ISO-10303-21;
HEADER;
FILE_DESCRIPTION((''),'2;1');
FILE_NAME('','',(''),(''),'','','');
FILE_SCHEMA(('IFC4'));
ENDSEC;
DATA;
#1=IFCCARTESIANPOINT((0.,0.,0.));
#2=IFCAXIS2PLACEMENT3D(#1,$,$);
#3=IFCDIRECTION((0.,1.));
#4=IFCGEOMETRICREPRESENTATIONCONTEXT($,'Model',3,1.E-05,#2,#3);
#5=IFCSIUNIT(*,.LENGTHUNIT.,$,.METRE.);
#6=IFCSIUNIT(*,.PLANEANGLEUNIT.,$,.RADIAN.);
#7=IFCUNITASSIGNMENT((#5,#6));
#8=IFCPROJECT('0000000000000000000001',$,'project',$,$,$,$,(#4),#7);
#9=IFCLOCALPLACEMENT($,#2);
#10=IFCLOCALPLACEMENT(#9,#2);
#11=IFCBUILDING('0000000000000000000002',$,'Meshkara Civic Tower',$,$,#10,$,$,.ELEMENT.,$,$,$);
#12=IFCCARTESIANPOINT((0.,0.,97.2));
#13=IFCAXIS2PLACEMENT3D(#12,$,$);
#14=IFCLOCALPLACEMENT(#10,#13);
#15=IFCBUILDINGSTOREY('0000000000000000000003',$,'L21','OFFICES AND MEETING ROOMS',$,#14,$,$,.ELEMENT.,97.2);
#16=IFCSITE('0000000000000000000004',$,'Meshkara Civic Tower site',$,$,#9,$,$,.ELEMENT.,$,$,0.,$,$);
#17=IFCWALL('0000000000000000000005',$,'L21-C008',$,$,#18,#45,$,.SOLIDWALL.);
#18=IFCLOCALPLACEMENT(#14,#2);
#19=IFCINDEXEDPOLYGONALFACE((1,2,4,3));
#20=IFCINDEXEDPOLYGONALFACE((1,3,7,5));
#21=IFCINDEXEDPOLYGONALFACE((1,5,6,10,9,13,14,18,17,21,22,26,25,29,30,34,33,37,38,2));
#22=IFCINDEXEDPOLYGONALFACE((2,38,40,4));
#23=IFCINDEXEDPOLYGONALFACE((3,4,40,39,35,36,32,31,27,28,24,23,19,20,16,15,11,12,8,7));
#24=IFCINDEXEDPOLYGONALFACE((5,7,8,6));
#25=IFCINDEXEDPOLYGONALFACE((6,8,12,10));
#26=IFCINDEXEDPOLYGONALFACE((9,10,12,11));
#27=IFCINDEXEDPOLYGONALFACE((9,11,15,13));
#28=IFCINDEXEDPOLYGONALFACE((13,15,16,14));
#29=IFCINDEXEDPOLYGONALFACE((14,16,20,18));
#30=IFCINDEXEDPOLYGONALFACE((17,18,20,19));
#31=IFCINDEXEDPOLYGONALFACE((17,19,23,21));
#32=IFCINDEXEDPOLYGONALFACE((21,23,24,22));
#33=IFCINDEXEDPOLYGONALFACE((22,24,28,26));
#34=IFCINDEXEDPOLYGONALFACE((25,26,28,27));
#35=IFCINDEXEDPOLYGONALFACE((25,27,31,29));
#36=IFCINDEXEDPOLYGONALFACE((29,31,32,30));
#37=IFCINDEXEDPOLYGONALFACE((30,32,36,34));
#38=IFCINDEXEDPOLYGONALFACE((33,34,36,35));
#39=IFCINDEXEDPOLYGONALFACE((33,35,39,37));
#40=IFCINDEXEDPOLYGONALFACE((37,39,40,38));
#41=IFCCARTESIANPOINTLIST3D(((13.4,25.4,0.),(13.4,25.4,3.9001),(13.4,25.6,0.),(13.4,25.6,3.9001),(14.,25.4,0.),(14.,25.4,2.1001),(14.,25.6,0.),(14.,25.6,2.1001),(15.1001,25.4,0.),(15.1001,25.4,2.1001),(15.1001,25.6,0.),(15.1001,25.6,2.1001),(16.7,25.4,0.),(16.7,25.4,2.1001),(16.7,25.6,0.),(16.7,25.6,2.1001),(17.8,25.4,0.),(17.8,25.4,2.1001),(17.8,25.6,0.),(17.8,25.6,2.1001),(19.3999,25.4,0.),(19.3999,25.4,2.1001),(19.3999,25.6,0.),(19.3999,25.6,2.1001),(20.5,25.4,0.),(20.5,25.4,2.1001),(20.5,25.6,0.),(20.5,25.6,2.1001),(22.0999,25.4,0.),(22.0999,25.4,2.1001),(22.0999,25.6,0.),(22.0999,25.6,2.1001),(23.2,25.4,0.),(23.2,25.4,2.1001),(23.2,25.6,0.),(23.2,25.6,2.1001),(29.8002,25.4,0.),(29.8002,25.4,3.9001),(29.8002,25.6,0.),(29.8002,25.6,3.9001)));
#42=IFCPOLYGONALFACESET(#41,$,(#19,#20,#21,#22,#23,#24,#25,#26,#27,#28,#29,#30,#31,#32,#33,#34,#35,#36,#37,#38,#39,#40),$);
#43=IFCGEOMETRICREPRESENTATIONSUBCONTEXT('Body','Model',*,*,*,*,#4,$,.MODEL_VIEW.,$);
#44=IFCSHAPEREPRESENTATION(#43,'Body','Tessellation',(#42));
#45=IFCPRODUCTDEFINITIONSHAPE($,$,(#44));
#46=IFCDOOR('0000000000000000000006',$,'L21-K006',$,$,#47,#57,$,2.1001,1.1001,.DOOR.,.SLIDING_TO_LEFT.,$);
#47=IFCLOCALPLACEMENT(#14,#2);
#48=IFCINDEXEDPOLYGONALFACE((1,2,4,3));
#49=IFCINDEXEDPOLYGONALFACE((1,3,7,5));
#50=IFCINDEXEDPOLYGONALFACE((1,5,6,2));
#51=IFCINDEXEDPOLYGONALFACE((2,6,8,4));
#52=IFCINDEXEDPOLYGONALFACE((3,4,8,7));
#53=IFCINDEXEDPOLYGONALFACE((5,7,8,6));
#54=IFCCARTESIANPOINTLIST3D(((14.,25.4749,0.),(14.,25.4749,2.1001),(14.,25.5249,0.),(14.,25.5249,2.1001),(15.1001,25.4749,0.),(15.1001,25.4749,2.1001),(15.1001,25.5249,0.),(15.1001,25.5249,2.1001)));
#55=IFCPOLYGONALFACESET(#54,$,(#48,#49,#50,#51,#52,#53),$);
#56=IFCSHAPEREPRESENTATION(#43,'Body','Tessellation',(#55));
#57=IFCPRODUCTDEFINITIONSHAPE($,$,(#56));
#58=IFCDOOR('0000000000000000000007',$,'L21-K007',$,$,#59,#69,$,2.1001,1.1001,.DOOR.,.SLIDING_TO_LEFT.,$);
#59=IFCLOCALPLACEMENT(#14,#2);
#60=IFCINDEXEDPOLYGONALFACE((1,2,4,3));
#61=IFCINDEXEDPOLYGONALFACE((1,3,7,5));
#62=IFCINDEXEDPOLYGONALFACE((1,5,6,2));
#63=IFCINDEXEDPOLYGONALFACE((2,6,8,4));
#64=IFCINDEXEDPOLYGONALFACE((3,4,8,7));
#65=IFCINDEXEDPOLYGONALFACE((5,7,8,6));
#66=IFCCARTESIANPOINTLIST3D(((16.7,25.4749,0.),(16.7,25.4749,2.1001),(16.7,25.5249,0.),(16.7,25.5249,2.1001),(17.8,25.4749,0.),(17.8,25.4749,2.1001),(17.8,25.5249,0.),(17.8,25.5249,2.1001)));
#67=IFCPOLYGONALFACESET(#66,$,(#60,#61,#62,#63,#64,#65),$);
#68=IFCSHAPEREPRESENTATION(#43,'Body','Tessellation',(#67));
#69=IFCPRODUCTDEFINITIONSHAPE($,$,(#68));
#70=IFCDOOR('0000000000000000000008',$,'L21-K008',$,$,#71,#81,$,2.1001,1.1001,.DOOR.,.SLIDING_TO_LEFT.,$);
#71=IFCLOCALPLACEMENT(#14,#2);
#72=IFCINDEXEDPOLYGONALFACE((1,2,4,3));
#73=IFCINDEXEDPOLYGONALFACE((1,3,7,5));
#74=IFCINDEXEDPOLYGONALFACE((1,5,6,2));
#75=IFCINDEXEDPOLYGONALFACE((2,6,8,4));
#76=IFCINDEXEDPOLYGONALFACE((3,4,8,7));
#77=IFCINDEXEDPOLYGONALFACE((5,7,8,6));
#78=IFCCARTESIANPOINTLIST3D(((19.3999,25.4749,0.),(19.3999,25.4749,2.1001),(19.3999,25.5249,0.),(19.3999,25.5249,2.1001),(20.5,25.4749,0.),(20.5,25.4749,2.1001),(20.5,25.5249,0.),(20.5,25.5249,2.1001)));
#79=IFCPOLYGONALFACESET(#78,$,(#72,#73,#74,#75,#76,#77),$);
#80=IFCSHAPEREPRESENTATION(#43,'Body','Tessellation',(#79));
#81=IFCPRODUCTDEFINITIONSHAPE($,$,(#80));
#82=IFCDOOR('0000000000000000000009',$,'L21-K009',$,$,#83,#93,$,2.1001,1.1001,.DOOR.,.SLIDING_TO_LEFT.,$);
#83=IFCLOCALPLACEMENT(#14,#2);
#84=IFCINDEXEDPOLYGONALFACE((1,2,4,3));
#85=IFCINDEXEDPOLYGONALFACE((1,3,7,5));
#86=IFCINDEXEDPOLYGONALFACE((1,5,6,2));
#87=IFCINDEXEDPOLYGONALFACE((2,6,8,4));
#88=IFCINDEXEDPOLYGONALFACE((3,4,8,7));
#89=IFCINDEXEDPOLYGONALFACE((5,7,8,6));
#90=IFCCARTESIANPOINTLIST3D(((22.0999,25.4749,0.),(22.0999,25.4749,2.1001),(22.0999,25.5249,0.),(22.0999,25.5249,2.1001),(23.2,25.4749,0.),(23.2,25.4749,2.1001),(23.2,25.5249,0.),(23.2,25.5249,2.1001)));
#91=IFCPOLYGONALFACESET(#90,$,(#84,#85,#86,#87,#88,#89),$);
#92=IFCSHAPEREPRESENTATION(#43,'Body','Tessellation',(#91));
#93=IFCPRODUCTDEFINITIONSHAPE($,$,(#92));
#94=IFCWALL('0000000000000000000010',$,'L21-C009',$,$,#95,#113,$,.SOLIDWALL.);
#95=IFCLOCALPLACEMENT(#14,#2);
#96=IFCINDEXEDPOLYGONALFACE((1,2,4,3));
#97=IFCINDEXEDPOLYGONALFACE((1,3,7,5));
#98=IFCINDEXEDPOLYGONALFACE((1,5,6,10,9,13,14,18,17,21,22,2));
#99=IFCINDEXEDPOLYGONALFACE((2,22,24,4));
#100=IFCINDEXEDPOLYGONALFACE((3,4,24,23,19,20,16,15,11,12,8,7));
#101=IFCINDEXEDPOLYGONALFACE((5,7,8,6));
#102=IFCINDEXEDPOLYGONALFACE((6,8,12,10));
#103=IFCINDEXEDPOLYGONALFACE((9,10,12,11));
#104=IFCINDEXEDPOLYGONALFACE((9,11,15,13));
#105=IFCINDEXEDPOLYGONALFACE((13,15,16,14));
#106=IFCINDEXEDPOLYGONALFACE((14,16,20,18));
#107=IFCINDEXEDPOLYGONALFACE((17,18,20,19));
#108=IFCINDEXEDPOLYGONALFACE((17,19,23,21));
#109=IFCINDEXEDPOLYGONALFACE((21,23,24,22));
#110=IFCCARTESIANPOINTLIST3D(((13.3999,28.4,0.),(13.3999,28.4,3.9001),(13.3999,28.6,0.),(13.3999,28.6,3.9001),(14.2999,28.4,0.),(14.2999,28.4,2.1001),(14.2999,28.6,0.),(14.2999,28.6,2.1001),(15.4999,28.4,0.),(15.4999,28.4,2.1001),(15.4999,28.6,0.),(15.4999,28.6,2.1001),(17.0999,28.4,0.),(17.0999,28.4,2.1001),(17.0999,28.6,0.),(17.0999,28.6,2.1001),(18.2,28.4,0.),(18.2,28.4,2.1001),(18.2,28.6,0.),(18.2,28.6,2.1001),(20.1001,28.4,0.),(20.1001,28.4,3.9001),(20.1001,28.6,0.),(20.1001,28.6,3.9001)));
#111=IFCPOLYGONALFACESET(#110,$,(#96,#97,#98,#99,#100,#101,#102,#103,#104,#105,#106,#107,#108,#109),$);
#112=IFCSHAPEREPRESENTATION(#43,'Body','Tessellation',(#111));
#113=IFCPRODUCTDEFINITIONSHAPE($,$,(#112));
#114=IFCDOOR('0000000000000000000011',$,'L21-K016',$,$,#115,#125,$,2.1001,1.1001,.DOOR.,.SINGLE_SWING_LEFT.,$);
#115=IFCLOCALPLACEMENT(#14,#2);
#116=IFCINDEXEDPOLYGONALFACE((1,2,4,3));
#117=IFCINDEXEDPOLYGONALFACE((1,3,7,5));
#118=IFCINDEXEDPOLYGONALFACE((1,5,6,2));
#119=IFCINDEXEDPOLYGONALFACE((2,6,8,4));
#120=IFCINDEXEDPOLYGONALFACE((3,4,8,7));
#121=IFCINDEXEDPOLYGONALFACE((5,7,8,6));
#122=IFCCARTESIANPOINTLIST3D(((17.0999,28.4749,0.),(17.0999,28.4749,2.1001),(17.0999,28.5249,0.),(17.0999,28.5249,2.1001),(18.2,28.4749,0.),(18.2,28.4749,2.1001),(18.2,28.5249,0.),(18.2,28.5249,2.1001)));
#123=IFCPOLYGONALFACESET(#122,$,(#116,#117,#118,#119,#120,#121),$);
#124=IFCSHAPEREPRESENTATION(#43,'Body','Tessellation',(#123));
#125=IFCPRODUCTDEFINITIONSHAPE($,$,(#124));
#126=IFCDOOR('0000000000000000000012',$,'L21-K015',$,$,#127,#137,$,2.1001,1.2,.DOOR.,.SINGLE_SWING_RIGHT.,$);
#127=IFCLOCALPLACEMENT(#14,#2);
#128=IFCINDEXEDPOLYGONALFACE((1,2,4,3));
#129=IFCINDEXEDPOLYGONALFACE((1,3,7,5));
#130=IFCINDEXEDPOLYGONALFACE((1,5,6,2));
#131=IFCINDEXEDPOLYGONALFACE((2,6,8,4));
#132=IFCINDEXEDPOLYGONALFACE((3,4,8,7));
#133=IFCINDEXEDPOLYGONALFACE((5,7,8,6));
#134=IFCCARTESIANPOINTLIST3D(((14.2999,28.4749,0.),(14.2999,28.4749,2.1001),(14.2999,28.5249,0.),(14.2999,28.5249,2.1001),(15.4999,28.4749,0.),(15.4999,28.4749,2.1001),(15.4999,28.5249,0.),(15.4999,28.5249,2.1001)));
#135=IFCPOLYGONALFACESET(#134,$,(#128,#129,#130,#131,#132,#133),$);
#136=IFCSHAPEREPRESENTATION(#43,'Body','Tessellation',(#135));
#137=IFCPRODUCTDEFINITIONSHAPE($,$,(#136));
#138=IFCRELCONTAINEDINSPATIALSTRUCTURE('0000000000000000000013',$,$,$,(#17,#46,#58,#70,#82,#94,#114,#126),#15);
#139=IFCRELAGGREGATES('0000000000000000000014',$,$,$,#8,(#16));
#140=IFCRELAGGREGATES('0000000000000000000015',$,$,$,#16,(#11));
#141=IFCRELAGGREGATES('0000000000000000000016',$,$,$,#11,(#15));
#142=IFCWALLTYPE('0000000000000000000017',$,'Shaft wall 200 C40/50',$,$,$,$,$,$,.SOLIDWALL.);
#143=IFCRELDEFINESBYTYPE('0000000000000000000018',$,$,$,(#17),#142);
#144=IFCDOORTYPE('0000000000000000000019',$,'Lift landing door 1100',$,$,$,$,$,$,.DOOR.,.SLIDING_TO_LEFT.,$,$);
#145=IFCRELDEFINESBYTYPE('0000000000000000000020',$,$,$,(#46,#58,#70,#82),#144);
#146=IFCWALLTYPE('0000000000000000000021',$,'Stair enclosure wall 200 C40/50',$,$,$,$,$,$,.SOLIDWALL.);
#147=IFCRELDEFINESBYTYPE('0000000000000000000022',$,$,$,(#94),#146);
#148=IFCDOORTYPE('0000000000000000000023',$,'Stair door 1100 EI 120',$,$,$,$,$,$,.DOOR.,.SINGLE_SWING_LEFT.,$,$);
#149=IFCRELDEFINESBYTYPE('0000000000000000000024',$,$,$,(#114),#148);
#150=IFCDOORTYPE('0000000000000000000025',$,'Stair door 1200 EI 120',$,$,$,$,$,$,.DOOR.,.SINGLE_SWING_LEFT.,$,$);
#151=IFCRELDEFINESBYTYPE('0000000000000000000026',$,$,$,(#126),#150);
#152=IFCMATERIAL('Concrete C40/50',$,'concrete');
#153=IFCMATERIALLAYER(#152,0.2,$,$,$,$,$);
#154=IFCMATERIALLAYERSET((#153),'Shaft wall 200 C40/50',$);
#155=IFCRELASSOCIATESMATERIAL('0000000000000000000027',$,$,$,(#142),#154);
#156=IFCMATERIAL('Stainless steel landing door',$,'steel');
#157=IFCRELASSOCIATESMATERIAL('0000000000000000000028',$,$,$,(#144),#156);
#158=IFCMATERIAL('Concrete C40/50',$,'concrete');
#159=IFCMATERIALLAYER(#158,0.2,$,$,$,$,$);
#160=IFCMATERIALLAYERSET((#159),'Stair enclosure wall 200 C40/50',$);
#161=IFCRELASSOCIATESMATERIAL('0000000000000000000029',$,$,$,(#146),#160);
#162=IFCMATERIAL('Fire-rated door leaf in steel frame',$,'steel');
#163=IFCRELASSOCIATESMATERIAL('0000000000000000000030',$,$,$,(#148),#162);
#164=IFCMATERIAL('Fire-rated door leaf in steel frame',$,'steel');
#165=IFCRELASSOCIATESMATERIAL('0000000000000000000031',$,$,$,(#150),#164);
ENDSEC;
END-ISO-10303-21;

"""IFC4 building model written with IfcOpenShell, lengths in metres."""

from ifc_helpers import new_model, si_unit, direction, frame, frame_2d, origin, place, context, subcontext, project, spatial, rectangle, extrude, material, layer, layer_set, type_object, element, fill, save


model = new_model("IFC4")

# Units and contexts
model_context = context("Model", 3, precision=1e-05, world=origin(), true_north=direction((0.0, 1.0)))
body_context = subcontext(model_context, "Body", "Model", "MODEL_VIEW")
ifc_project = project(units=[si_unit("LENGTHUNIT", "METRE"), si_unit("PLANEANGLEUNIT", "RADIAN")], contexts=[model_context])

# Site, building, storey
site_placement = place(None, origin())
site = spatial("IfcSite", under=ifc_project, at=site_placement, Name="Meshkara Civic Tower site", CompositionType="ELEMENT", RefElevation=0.0)
building_placement = place(site_placement, origin())
building = spatial("IfcBuilding", under=site, at=building_placement, Name="Meshkara Civic Tower", CompositionType="ELEMENT")
storey_placement = place(building_placement, frame((0.0, 0.0, 97.2)))
storey = spatial("IfcBuildingStorey", under=building, at=storey_placement, Name="L21", Description="OFFICES AND MEETING ROOMS", CompositionType="ELEMENT", Elevation=97.2)

# Walls, openings, doors
ifc_material_1 = material(Name="Concrete C40/50", Category="concrete")
ifc_layer_1 = layer(ifc_material_1, 0.2)
ifc_layer_set_1 = layer_set([ifc_layer_1], Name="Shaft wall 200 C40/50")
wall_type_1 = type_object("IfcWallType", Name="Shaft wall 200 C40/50", PredefinedType="SOLIDWALL", material=ifc_layer_set_1)
wall_1_placement = place(storey_placement, frame((13.3999, 25.5, 0.0), z_axis=(0.0, 0.0, 1.0), x_axis=(1.0, 0.0, 0.0)))
wall_1 = element("IfcWall", 1, at=wall_1_placement, inside=storey, type_object=wall_type_1, Name="L21-C008", PredefinedType="SOLIDWALL", context=body_context, shape_type="SweptSolid", body=[
    extrude(rectangle(XDim=16.4001, YDim=0.2, at=frame_2d((8.2002, 0.0))), origin(), (0.0, 0.0, 1.0), 3.9001),
])
opening_1_placement = place(wall_1_placement, frame((0.6001, 0.0, 0.0)))
opening_1 = element("IfcOpeningElement", 2, at=opening_1_placement, cuts=wall_1, PredefinedType="OPENING", context=body_context, shape_type="SweptSolid", body=[
    extrude(rectangle(XDim=1.1001, YDim=2.1001, at=frame_2d((0.55, 1.05))), frame((0.0, 0.1099, 0.0), z_axis=(0.0, -1.0, 0.0), x_axis=(1.0, 0.0, 0.0)), (0.0, 0.0, 1.0), 0.22),
])
opening_2_placement = place(wall_1_placement, frame((3.3, 0.0, 0.0)))
opening_2 = element("IfcOpeningElement", 3, at=opening_2_placement, cuts=wall_1, PredefinedType="OPENING", context=body_context, shape_type="SweptSolid", body=[
    extrude(rectangle(XDim=1.1001, YDim=2.1001, at=frame_2d((0.55, 1.05))), frame((0.0, 0.1099, 0.0), z_axis=(0.0, -1.0, 0.0), x_axis=(1.0, 0.0, 0.0)), (0.0, 0.0, 1.0), 0.22),
])
opening_3_placement = place(wall_1_placement, frame((6.0, 0.0, 0.0)))
opening_3 = element("IfcOpeningElement", 4, at=opening_3_placement, cuts=wall_1, PredefinedType="OPENING", context=body_context, shape_type="SweptSolid", body=[
    extrude(rectangle(XDim=1.1001, YDim=2.1001, at=frame_2d((0.55, 1.05))), frame((0.0, 0.1099, 0.0), z_axis=(0.0, -1.0, 0.0), x_axis=(1.0, 0.0, 0.0)), (0.0, 0.0, 1.0), 0.22),
])
opening_4_placement = place(wall_1_placement, frame((8.7, 0.0, 0.0)))
opening_4 = element("IfcOpeningElement", 5, at=opening_4_placement, cuts=wall_1, PredefinedType="OPENING", context=body_context, shape_type="SweptSolid", body=[
    extrude(rectangle(XDim=1.1001, YDim=2.1001, at=frame_2d((0.55, 1.05))), frame((0.0, 0.1099, 0.0), z_axis=(0.0, -1.0, 0.0), x_axis=(1.0, 0.0, 0.0)), (0.0, 0.0, 1.0), 0.22),
])
ifc_material_2 = material(Name="Stainless steel landing door", Category="steel")
door_type_1 = type_object("IfcDoorType", Name="Lift landing door 1100", OperationType="SLIDING_TO_LEFT", PredefinedType="DOOR", material=ifc_material_2)
door_1_placement = place(opening_1_placement, origin())
door_1 = element("IfcDoor", 6, at=door_1_placement, inside=storey, type_object=door_type_1, Name="L21-K006", OperationType="SLIDING_TO_LEFT", OverallHeight=2.1001, OverallWidth=1.1001, PredefinedType="DOOR", context=body_context, shape_type="SweptSolid", body=[
    extrude(rectangle(XDim=1.1001, YDim=2.1001, at=frame_2d((0.55, 1.05))), frame((0.0, 0.0249, 0.0), z_axis=(0.0, -1.0, 0.0), x_axis=(1.0, 0.0, 0.0)), (0.0, 0.0, 1.0), 0.05),
])
fill(opening_1, door_1)
door_2_placement = place(opening_2_placement, origin())
door_2 = element("IfcDoor", 7, at=door_2_placement, inside=storey, type_object=door_type_1, Name="L21-K007", OperationType="SLIDING_TO_LEFT", OverallHeight=2.1001, OverallWidth=1.1001, PredefinedType="DOOR", context=body_context, shape_type="SweptSolid", body=[
    extrude(rectangle(XDim=1.1001, YDim=2.1001, at=frame_2d((0.55, 1.05))), frame((0.0, 0.0249, 0.0), z_axis=(0.0, -1.0, 0.0), x_axis=(1.0, 0.0, 0.0)), (0.0, 0.0, 1.0), 0.05),
])
fill(opening_2, door_2)
door_3_placement = place(opening_3_placement, origin())
door_3 = element("IfcDoor", 8, at=door_3_placement, inside=storey, type_object=door_type_1, Name="L21-K008", OperationType="SLIDING_TO_LEFT", OverallHeight=2.1001, OverallWidth=1.1001, PredefinedType="DOOR", context=body_context, shape_type="SweptSolid", body=[
    extrude(rectangle(XDim=1.1001, YDim=2.1001, at=frame_2d((0.55, 1.05))), frame((0.0, 0.0249, 0.0), z_axis=(0.0, -1.0, 0.0), x_axis=(1.0, 0.0, 0.0)), (0.0, 0.0, 1.0), 0.05),
])
fill(opening_3, door_3)
door_4_placement = place(opening_4_placement, origin())
door_4 = element("IfcDoor", 9, at=door_4_placement, inside=storey, type_object=door_type_1, Name="L21-K009", OperationType="SLIDING_TO_LEFT", OverallHeight=2.1001, OverallWidth=1.1001, PredefinedType="DOOR", context=body_context, shape_type="SweptSolid", body=[
    extrude(rectangle(XDim=1.1001, YDim=2.1001, at=frame_2d((0.55, 1.05))), frame((0.0, 0.0249, 0.0), z_axis=(0.0, -1.0, 0.0), x_axis=(1.0, 0.0, 0.0)), (0.0, 0.0, 1.0), 0.05),
])
fill(opening_4, door_4)
ifc_material_3 = material(Name="Concrete C40/50", Category="concrete")
ifc_layer_2 = layer(ifc_material_3, 0.2)
ifc_layer_set_2 = layer_set([ifc_layer_2], Name="Stair enclosure wall 200 C40/50")
wall_type_2 = type_object("IfcWallType", Name="Stair enclosure wall 200 C40/50", PredefinedType="SOLIDWALL", material=ifc_layer_set_2)
wall_2_placement = place(storey_placement, frame((13.3999, 28.5, 0.0), z_axis=(0.0, 0.0, 1.0), x_axis=(1.0, 0.0, 0.0)))
wall_2 = element("IfcWall", 10, at=wall_2_placement, inside=storey, type_object=wall_type_2, Name="L21-C009", PredefinedType="SOLIDWALL", context=body_context, shape_type="SweptSolid", body=[
    extrude(rectangle(XDim=6.7002, YDim=0.2, at=frame_2d((3.3501, 0.0))), origin(), (0.0, 0.0, 1.0), 3.9001),
])
opening_5_placement = place(wall_2_placement, frame((0.8999, 0.0, 0.0)))
opening_5 = element("IfcOpeningElement", 11, at=opening_5_placement, cuts=wall_2, PredefinedType="OPENING", context=body_context, shape_type="SweptSolid", body=[
    extrude(rectangle(XDim=1.2, YDim=2.1001, at=frame_2d((0.6001, 1.05))), frame((0.0, 0.1099, 0.0), z_axis=(0.0, -1.0, 0.0), x_axis=(1.0, 0.0, 0.0)), (0.0, 0.0, 1.0), 0.22),
])
opening_6_placement = place(wall_2_placement, frame((3.7, 0.0, 0.0)))
opening_6 = element("IfcOpeningElement", 12, at=opening_6_placement, cuts=wall_2, PredefinedType="OPENING", context=body_context, shape_type="SweptSolid", body=[
    extrude(rectangle(XDim=1.1001, YDim=2.1001, at=frame_2d((0.55, 1.05))), frame((0.0, 0.1099, 0.0), z_axis=(0.0, -1.0, 0.0), x_axis=(1.0, 0.0, 0.0)), (0.0, 0.0, 1.0), 0.22),
])
ifc_material_4 = material(Name="Fire-rated door leaf in steel frame", Category="steel")
door_type_2 = type_object("IfcDoorType", Name="Stair door 1100 EI 120", OperationType="SINGLE_SWING_LEFT", PredefinedType="DOOR", material=ifc_material_4)
door_5_placement = place(opening_6_placement, origin())
door_5 = element("IfcDoor", 13, at=door_5_placement, inside=storey, type_object=door_type_2, Name="L21-K016", OperationType="SINGLE_SWING_LEFT", OverallHeight=2.1001, OverallWidth=1.1001, PredefinedType="DOOR", context=body_context, shape_type="SweptSolid", body=[
    extrude(rectangle(XDim=1.1001, YDim=2.1001, at=frame_2d((0.55, 1.05))), frame((0.0, 0.0249, 0.0), z_axis=(0.0, -1.0, 0.0), x_axis=(1.0, 0.0, 0.0)), (0.0, 0.0, 1.0), 0.05),
])
fill(opening_6, door_5)
ifc_material_5 = material(Name="Fire-rated door leaf in steel frame", Category="steel")
door_type_3 = type_object("IfcDoorType", Name="Stair door 1200 EI 120", OperationType="SINGLE_SWING_LEFT", PredefinedType="DOOR", material=ifc_material_5)
door_6_placement = place(opening_5_placement, origin())
door_6 = element("IfcDoor", 14, at=door_6_placement, inside=storey, type_object=door_type_3, Name="L21-K015", OperationType="SINGLE_SWING_RIGHT", OverallHeight=2.1001, OverallWidth=1.2, PredefinedType="DOOR", context=body_context, shape_type="SweptSolid", body=[
    extrude(rectangle(XDim=1.2, YDim=2.1001, at=frame_2d((0.6001, 1.05))), frame((0.0, 0.0249, 0.0), z_axis=(0.0, -1.0, 0.0), x_axis=(1.0, 0.0, 0.0)), (0.0, 0.0, 1.0), 0.05),
])
fill(opening_5, door_6)

save(model, "model.ifc")
